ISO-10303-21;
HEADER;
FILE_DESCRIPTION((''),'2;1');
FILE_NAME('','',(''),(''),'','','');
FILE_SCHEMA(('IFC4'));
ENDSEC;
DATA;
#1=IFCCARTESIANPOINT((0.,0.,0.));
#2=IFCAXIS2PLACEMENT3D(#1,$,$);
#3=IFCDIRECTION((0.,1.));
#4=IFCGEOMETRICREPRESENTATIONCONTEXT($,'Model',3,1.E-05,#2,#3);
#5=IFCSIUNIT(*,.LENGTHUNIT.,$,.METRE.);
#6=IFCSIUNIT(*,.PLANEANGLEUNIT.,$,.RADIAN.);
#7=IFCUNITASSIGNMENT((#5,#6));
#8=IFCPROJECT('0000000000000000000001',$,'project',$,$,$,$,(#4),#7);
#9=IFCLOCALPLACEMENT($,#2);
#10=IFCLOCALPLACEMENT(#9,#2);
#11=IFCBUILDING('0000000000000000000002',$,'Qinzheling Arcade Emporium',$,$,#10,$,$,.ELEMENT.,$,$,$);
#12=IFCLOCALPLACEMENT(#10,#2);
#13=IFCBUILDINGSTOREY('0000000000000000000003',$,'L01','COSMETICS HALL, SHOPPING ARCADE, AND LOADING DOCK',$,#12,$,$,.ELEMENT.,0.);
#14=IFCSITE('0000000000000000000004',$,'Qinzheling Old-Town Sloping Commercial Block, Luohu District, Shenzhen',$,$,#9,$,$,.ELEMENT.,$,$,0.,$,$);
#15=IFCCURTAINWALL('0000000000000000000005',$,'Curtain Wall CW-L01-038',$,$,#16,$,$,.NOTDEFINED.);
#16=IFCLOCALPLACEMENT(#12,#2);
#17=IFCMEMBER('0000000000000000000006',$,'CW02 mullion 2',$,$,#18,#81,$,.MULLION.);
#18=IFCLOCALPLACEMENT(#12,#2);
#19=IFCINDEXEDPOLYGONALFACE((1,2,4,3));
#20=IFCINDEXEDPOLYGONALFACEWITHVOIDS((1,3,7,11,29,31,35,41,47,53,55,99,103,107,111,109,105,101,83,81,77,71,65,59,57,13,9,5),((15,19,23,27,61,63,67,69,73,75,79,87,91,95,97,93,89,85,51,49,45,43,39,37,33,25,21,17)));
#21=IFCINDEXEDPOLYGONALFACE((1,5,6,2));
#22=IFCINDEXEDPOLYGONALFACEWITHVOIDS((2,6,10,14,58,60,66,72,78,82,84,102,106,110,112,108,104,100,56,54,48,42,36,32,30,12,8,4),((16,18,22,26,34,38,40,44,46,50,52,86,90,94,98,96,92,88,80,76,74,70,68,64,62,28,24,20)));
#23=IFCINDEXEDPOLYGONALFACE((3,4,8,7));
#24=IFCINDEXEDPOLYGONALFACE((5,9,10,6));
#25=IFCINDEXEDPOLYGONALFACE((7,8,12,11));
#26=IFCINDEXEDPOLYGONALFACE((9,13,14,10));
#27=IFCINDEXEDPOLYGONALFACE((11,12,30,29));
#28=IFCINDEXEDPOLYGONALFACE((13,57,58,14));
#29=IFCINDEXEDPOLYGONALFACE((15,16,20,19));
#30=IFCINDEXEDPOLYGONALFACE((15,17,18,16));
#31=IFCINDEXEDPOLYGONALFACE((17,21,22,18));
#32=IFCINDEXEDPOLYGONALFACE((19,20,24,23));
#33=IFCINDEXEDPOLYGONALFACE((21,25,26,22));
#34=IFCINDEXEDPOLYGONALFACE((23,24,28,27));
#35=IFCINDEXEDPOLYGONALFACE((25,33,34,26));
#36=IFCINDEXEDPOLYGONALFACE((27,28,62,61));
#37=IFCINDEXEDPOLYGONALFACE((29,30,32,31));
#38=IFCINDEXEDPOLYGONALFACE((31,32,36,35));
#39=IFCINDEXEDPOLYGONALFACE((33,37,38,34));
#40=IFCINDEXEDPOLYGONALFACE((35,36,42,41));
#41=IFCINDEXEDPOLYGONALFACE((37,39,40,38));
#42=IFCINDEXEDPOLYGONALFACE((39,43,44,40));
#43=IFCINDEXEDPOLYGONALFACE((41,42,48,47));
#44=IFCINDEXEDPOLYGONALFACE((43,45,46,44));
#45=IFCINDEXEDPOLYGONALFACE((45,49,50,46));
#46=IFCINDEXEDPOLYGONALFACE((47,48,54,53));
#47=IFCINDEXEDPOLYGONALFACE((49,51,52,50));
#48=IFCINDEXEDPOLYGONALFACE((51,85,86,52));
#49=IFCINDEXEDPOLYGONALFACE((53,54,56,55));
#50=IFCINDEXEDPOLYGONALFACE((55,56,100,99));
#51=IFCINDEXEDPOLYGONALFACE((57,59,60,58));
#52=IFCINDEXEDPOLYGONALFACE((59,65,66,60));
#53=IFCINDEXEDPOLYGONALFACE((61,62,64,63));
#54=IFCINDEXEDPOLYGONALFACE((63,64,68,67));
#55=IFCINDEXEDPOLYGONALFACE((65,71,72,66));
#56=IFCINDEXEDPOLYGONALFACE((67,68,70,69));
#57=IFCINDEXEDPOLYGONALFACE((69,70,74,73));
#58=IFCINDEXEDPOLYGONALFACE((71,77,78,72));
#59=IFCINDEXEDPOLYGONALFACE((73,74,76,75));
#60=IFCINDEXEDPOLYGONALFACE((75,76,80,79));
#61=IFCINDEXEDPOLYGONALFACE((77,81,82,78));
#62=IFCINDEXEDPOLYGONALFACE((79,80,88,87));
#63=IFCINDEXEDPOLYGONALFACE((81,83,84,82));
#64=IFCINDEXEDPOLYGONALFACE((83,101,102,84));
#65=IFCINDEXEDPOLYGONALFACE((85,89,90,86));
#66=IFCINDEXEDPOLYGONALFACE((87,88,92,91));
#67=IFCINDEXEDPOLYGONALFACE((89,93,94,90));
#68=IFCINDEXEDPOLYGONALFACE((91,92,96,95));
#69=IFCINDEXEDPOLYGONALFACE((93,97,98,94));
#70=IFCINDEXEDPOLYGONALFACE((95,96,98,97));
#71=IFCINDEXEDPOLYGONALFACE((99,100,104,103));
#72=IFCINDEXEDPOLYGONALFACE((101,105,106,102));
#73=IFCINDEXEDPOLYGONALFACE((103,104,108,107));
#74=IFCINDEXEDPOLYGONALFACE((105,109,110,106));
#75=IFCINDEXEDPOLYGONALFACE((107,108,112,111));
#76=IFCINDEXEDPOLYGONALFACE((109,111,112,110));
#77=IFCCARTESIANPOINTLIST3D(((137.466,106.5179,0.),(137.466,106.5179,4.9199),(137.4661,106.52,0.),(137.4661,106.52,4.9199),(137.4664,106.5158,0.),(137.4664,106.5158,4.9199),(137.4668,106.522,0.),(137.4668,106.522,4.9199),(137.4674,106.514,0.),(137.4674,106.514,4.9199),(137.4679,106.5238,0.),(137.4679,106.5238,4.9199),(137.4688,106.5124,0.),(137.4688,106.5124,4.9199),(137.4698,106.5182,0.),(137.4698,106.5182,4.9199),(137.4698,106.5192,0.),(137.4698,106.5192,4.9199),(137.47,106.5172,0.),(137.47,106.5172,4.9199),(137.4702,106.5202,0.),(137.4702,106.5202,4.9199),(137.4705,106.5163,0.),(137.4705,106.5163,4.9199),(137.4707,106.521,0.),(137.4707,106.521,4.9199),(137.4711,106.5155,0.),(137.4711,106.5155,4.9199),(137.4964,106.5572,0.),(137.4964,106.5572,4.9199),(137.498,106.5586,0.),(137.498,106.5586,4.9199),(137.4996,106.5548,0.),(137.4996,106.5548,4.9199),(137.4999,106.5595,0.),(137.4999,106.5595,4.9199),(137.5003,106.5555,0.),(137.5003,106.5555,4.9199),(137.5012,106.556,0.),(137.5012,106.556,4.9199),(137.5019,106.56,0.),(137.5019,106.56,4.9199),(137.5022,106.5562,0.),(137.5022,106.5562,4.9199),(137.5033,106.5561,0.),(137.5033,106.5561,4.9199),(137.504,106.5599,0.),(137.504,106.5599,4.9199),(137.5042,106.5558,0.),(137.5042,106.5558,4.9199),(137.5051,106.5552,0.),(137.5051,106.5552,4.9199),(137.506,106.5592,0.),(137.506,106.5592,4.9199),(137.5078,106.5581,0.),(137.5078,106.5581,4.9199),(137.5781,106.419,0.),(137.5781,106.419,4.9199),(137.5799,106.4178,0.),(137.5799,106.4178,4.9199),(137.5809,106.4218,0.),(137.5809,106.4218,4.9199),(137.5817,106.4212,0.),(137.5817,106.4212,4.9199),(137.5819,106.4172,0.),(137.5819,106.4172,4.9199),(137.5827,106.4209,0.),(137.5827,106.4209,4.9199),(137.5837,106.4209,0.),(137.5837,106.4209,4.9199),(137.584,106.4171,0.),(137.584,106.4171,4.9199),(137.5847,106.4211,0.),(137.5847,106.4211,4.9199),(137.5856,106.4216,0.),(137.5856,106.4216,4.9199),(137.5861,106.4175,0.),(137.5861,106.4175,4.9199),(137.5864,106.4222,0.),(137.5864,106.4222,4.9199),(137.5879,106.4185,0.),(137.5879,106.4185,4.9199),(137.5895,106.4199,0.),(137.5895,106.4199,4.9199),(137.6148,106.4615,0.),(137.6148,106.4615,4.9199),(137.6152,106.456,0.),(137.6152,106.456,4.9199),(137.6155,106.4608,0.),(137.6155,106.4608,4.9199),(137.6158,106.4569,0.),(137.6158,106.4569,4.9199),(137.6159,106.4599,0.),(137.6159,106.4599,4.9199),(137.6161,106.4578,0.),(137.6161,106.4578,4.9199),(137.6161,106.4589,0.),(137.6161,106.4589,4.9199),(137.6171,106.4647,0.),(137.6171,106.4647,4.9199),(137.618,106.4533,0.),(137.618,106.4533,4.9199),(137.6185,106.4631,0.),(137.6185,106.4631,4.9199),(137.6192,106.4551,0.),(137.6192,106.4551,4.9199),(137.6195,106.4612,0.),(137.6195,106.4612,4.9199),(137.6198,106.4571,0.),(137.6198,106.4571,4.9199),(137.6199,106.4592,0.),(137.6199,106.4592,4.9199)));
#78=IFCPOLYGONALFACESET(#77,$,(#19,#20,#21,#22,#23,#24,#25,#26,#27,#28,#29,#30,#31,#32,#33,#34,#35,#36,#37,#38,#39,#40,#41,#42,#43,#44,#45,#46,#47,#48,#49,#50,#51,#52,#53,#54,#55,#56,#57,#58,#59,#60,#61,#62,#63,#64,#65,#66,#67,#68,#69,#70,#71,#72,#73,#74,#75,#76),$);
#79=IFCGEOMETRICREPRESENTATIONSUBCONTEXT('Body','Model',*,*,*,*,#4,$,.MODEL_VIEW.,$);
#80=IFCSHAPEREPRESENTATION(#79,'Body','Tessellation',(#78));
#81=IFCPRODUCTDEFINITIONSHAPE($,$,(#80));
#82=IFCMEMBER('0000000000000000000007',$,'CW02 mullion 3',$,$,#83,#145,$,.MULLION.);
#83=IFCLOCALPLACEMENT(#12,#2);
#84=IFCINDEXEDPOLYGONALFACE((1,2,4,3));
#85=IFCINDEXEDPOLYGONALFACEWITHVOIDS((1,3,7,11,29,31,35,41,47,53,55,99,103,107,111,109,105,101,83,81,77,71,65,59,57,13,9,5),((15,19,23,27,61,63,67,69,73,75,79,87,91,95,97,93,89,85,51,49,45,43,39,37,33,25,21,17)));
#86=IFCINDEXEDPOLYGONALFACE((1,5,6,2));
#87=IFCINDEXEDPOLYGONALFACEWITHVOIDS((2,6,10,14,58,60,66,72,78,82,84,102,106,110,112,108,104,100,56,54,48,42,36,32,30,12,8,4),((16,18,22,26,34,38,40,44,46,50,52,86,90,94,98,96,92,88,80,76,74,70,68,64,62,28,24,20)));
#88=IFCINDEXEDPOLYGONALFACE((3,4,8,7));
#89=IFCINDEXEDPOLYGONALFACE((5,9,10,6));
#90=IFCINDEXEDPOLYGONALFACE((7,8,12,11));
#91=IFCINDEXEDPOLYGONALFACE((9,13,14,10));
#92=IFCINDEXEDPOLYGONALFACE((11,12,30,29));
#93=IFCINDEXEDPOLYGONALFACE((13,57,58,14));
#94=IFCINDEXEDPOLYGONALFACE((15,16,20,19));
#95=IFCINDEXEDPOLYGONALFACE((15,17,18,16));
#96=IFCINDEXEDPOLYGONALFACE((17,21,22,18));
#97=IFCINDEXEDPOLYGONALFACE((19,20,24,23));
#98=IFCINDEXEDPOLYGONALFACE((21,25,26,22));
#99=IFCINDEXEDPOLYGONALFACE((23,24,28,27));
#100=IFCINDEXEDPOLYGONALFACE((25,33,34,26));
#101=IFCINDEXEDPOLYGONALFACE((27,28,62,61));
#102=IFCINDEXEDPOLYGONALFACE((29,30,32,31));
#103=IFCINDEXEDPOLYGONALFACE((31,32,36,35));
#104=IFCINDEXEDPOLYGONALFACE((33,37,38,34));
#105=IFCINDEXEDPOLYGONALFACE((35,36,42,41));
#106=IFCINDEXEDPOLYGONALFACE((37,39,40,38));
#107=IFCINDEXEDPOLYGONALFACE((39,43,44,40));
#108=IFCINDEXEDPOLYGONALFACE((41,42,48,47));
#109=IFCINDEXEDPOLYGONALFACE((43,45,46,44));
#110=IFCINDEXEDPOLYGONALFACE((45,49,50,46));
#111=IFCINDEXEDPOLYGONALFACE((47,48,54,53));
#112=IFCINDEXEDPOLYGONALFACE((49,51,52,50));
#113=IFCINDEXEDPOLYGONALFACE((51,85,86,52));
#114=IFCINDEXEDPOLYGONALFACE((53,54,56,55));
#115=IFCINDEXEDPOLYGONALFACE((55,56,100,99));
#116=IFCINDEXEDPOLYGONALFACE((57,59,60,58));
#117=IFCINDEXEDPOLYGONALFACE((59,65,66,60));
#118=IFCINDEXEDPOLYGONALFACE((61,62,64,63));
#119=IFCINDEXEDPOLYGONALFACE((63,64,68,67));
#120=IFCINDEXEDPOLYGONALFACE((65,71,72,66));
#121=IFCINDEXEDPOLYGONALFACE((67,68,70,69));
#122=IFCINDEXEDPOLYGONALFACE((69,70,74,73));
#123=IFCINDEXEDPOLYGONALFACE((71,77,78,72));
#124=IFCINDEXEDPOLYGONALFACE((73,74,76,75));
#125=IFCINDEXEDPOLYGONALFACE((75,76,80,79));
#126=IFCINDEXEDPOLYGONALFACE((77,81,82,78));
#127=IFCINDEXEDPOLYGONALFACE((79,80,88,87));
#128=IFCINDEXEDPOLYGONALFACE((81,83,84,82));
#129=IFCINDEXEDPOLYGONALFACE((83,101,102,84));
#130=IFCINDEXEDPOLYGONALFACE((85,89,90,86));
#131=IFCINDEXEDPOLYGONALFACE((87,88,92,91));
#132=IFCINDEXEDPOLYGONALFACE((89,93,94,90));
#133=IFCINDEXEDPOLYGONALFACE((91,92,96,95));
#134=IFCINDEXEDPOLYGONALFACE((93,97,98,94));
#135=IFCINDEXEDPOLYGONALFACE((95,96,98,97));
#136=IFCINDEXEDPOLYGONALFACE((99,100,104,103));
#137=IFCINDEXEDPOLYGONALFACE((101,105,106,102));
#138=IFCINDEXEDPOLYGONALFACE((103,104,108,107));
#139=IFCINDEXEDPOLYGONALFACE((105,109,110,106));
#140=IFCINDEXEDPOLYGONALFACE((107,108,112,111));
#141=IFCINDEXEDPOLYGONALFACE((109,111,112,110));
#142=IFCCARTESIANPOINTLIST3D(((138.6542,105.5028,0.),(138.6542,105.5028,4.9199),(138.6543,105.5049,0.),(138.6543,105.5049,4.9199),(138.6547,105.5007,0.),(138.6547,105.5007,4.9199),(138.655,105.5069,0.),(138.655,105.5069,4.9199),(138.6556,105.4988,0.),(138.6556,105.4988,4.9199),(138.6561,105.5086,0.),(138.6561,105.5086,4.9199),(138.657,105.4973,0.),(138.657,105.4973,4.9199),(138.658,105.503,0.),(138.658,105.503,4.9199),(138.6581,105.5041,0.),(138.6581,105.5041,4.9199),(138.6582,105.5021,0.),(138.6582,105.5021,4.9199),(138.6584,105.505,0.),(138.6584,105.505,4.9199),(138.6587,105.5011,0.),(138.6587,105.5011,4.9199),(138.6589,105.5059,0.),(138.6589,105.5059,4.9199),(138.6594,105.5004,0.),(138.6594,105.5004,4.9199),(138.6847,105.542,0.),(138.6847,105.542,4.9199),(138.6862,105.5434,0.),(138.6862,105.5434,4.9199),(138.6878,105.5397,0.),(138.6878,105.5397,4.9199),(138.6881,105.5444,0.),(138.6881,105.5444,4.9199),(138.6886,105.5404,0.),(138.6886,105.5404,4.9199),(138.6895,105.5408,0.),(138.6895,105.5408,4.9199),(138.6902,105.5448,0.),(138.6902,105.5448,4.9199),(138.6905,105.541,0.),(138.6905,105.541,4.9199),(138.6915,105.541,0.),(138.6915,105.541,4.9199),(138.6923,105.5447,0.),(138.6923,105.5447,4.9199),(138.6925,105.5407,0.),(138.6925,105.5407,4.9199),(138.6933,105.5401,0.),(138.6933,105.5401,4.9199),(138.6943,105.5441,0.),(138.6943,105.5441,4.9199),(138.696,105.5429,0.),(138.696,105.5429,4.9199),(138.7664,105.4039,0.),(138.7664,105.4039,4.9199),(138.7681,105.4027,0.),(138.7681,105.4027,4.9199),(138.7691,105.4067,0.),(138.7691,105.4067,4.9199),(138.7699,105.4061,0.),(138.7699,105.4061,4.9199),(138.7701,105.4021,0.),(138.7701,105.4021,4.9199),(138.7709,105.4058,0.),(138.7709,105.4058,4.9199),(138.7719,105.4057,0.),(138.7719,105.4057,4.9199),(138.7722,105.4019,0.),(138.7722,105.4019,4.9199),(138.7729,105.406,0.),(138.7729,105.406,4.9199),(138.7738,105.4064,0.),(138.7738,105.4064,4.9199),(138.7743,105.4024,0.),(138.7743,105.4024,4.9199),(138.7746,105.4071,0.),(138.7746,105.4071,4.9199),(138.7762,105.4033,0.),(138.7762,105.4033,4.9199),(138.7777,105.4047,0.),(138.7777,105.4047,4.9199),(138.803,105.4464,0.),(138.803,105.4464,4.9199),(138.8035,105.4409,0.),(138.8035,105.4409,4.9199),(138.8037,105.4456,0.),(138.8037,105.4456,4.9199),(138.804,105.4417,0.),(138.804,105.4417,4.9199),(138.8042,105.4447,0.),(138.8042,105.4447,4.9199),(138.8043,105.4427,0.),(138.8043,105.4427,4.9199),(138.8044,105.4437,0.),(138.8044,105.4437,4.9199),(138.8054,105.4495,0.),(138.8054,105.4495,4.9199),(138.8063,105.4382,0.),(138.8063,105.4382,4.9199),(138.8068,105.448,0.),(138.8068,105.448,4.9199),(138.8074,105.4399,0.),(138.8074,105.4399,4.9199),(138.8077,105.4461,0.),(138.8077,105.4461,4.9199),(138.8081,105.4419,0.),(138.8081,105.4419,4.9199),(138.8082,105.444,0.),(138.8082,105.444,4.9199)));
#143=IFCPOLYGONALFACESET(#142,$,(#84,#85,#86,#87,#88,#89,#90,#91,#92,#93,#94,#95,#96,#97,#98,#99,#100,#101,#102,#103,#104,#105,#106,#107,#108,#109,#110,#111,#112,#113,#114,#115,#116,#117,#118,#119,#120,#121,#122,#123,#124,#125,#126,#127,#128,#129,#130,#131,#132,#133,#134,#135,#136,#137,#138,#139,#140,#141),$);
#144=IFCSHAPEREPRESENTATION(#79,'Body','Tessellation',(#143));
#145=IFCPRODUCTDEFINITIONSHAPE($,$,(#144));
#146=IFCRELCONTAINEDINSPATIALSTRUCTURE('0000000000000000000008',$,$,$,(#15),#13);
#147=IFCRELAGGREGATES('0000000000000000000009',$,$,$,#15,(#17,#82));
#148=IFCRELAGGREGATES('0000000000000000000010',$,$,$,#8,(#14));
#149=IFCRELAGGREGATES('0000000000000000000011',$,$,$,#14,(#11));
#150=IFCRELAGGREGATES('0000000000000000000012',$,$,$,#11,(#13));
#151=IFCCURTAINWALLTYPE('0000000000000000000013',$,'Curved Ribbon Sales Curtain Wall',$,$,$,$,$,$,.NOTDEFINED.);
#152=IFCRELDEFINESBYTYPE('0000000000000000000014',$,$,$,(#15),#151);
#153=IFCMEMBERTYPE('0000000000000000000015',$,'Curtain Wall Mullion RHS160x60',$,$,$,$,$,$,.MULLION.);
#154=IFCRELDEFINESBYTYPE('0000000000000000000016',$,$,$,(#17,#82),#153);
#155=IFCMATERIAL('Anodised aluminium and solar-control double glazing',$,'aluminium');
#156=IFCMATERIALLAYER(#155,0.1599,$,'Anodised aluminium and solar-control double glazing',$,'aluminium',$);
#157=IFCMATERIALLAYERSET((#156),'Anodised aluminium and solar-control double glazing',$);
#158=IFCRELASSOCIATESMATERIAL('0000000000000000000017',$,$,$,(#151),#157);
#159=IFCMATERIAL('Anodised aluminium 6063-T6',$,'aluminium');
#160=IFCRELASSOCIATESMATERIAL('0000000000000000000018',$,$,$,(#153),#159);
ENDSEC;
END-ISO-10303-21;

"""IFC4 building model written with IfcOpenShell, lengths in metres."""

from ifc_helpers import new_model, si_unit, direction, frame, origin, origin_2d, place, context, subcontext, project, spatial, hollow_rectangle, extrude, material, layer, layer_set, material_profile, profile_set, type_object, element, aggregate, save


model = new_model("IFC4")

# Units and contexts
model_context = context("Model", 3, precision=1e-05, world=origin(), true_north=direction((0.0, 1.0)))
body_context = subcontext(model_context, "Body", "Model", "MODEL_VIEW")
ifc_project = project(units=[si_unit("LENGTHUNIT", "METRE"), si_unit("PLANEANGLEUNIT", "RADIAN")], contexts=[model_context])

# Site, building, storey
site_placement = place(None, origin())
site = spatial("IfcSite", under=ifc_project, at=site_placement, Name="Qinzheling Old-Town Sloping Commercial Block, Luohu District, Shenzhen", CompositionType="ELEMENT", RefElevation=0.0)
building_placement = place(site_placement, origin())
building = spatial("IfcBuilding", under=site, at=building_placement, Name="Qinzheling Arcade Emporium", CompositionType="ELEMENT")
storey_placement = place(building_placement, origin())
storey = spatial("IfcBuildingStorey", under=building, at=storey_placement, Name="L01", Description="COSMETICS HALL, SHOPPING ARCADE, AND LOADING DOCK", CompositionType="ELEMENT", Elevation=0.0)

# Curtain wall, members
ifc_material_1 = material(Name="Anodised aluminium and solar-control double glazing", Category="aluminium")
ifc_layer_1 = layer(ifc_material_1, 0.1599, Name="Anodised aluminium and solar-control double glazing", Category="aluminium")
ifc_layer_set_1 = layer_set([ifc_layer_1], Name="Anodised aluminium and solar-control double glazing")
curtain_wall_type = type_object("IfcCurtainWallType", Name="Curved Ribbon Sales Curtain Wall", PredefinedType="NOTDEFINED", material=ifc_layer_set_1)
curtain_wall_1_placement = place(storey_placement, origin())
curtain_wall_1 = element("IfcCurtainWall", 1, at=curtain_wall_1_placement, inside=storey, type_object=curtain_wall_type, Name="Curtain Wall CW-L01-038", PredefinedType="NOTDEFINED")
ifc_material_2 = material(Name="Anodised aluminium 6063-T6", Category="aluminium")
ifc_material_profile_1 = material_profile(ifc_material_2, hollow_rectangle(XDim=0.0601, YDim=0.1599, WallThickness=0.0039, InnerFilletRadius=0.0039, OuterFilletRadius=0.0081, at=origin_2d()), Name="RHS 160x60x4", Category="aluminium")
ifc_profile_set_1 = profile_set([ifc_material_profile_1], Name="Anodised aluminium 6063-T6")
member_type_1 = type_object("IfcMemberType", Name="Curtain Wall Mullion RHS160x60", PredefinedType="MULLION", material=ifc_profile_set_1)
member_1_placement = place(storey_placement, frame((137.543, 106.4885, 0.0), z_axis=(0.0, 0.0, 1.0), x_axis=(0.649524, 0.760341, 0.0)))
member_1 = element("IfcMember", 2, at=member_1_placement, type_object=member_type_1, Name="CW02 mullion 2", PredefinedType="MULLION", context=body_context, shape_type="SweptSolid", body=[
    extrude(hollow_rectangle(XDim=0.0601, YDim=0.1599, WallThickness=0.0039, InnerFilletRadius=0.0039, OuterFilletRadius=0.0081, at=origin_2d()), origin(), (0.0, 0.0, 1.0), 4.9199),
])
member_2_placement = place(storey_placement, frame((138.7312, 105.4734, 0.0), z_axis=(0.0, 0.0, 1.0), x_axis=(0.649524, 0.760341, 0.0)))
member_2 = element("IfcMember", 3, at=member_2_placement, type_object=member_type_1, Name="CW02 mullion 3", PredefinedType="MULLION", context=body_context, shape_type="SweptSolid", body=[
    extrude(hollow_rectangle(XDim=0.0601, YDim=0.1599, WallThickness=0.0039, InnerFilletRadius=0.0039, OuterFilletRadius=0.0081, at=origin_2d()), origin(), (0.0, 0.0, 1.0), 4.9199),
])

aggregate(curtain_wall_1, [member_1, member_2])

save(model, "model.ifc")
